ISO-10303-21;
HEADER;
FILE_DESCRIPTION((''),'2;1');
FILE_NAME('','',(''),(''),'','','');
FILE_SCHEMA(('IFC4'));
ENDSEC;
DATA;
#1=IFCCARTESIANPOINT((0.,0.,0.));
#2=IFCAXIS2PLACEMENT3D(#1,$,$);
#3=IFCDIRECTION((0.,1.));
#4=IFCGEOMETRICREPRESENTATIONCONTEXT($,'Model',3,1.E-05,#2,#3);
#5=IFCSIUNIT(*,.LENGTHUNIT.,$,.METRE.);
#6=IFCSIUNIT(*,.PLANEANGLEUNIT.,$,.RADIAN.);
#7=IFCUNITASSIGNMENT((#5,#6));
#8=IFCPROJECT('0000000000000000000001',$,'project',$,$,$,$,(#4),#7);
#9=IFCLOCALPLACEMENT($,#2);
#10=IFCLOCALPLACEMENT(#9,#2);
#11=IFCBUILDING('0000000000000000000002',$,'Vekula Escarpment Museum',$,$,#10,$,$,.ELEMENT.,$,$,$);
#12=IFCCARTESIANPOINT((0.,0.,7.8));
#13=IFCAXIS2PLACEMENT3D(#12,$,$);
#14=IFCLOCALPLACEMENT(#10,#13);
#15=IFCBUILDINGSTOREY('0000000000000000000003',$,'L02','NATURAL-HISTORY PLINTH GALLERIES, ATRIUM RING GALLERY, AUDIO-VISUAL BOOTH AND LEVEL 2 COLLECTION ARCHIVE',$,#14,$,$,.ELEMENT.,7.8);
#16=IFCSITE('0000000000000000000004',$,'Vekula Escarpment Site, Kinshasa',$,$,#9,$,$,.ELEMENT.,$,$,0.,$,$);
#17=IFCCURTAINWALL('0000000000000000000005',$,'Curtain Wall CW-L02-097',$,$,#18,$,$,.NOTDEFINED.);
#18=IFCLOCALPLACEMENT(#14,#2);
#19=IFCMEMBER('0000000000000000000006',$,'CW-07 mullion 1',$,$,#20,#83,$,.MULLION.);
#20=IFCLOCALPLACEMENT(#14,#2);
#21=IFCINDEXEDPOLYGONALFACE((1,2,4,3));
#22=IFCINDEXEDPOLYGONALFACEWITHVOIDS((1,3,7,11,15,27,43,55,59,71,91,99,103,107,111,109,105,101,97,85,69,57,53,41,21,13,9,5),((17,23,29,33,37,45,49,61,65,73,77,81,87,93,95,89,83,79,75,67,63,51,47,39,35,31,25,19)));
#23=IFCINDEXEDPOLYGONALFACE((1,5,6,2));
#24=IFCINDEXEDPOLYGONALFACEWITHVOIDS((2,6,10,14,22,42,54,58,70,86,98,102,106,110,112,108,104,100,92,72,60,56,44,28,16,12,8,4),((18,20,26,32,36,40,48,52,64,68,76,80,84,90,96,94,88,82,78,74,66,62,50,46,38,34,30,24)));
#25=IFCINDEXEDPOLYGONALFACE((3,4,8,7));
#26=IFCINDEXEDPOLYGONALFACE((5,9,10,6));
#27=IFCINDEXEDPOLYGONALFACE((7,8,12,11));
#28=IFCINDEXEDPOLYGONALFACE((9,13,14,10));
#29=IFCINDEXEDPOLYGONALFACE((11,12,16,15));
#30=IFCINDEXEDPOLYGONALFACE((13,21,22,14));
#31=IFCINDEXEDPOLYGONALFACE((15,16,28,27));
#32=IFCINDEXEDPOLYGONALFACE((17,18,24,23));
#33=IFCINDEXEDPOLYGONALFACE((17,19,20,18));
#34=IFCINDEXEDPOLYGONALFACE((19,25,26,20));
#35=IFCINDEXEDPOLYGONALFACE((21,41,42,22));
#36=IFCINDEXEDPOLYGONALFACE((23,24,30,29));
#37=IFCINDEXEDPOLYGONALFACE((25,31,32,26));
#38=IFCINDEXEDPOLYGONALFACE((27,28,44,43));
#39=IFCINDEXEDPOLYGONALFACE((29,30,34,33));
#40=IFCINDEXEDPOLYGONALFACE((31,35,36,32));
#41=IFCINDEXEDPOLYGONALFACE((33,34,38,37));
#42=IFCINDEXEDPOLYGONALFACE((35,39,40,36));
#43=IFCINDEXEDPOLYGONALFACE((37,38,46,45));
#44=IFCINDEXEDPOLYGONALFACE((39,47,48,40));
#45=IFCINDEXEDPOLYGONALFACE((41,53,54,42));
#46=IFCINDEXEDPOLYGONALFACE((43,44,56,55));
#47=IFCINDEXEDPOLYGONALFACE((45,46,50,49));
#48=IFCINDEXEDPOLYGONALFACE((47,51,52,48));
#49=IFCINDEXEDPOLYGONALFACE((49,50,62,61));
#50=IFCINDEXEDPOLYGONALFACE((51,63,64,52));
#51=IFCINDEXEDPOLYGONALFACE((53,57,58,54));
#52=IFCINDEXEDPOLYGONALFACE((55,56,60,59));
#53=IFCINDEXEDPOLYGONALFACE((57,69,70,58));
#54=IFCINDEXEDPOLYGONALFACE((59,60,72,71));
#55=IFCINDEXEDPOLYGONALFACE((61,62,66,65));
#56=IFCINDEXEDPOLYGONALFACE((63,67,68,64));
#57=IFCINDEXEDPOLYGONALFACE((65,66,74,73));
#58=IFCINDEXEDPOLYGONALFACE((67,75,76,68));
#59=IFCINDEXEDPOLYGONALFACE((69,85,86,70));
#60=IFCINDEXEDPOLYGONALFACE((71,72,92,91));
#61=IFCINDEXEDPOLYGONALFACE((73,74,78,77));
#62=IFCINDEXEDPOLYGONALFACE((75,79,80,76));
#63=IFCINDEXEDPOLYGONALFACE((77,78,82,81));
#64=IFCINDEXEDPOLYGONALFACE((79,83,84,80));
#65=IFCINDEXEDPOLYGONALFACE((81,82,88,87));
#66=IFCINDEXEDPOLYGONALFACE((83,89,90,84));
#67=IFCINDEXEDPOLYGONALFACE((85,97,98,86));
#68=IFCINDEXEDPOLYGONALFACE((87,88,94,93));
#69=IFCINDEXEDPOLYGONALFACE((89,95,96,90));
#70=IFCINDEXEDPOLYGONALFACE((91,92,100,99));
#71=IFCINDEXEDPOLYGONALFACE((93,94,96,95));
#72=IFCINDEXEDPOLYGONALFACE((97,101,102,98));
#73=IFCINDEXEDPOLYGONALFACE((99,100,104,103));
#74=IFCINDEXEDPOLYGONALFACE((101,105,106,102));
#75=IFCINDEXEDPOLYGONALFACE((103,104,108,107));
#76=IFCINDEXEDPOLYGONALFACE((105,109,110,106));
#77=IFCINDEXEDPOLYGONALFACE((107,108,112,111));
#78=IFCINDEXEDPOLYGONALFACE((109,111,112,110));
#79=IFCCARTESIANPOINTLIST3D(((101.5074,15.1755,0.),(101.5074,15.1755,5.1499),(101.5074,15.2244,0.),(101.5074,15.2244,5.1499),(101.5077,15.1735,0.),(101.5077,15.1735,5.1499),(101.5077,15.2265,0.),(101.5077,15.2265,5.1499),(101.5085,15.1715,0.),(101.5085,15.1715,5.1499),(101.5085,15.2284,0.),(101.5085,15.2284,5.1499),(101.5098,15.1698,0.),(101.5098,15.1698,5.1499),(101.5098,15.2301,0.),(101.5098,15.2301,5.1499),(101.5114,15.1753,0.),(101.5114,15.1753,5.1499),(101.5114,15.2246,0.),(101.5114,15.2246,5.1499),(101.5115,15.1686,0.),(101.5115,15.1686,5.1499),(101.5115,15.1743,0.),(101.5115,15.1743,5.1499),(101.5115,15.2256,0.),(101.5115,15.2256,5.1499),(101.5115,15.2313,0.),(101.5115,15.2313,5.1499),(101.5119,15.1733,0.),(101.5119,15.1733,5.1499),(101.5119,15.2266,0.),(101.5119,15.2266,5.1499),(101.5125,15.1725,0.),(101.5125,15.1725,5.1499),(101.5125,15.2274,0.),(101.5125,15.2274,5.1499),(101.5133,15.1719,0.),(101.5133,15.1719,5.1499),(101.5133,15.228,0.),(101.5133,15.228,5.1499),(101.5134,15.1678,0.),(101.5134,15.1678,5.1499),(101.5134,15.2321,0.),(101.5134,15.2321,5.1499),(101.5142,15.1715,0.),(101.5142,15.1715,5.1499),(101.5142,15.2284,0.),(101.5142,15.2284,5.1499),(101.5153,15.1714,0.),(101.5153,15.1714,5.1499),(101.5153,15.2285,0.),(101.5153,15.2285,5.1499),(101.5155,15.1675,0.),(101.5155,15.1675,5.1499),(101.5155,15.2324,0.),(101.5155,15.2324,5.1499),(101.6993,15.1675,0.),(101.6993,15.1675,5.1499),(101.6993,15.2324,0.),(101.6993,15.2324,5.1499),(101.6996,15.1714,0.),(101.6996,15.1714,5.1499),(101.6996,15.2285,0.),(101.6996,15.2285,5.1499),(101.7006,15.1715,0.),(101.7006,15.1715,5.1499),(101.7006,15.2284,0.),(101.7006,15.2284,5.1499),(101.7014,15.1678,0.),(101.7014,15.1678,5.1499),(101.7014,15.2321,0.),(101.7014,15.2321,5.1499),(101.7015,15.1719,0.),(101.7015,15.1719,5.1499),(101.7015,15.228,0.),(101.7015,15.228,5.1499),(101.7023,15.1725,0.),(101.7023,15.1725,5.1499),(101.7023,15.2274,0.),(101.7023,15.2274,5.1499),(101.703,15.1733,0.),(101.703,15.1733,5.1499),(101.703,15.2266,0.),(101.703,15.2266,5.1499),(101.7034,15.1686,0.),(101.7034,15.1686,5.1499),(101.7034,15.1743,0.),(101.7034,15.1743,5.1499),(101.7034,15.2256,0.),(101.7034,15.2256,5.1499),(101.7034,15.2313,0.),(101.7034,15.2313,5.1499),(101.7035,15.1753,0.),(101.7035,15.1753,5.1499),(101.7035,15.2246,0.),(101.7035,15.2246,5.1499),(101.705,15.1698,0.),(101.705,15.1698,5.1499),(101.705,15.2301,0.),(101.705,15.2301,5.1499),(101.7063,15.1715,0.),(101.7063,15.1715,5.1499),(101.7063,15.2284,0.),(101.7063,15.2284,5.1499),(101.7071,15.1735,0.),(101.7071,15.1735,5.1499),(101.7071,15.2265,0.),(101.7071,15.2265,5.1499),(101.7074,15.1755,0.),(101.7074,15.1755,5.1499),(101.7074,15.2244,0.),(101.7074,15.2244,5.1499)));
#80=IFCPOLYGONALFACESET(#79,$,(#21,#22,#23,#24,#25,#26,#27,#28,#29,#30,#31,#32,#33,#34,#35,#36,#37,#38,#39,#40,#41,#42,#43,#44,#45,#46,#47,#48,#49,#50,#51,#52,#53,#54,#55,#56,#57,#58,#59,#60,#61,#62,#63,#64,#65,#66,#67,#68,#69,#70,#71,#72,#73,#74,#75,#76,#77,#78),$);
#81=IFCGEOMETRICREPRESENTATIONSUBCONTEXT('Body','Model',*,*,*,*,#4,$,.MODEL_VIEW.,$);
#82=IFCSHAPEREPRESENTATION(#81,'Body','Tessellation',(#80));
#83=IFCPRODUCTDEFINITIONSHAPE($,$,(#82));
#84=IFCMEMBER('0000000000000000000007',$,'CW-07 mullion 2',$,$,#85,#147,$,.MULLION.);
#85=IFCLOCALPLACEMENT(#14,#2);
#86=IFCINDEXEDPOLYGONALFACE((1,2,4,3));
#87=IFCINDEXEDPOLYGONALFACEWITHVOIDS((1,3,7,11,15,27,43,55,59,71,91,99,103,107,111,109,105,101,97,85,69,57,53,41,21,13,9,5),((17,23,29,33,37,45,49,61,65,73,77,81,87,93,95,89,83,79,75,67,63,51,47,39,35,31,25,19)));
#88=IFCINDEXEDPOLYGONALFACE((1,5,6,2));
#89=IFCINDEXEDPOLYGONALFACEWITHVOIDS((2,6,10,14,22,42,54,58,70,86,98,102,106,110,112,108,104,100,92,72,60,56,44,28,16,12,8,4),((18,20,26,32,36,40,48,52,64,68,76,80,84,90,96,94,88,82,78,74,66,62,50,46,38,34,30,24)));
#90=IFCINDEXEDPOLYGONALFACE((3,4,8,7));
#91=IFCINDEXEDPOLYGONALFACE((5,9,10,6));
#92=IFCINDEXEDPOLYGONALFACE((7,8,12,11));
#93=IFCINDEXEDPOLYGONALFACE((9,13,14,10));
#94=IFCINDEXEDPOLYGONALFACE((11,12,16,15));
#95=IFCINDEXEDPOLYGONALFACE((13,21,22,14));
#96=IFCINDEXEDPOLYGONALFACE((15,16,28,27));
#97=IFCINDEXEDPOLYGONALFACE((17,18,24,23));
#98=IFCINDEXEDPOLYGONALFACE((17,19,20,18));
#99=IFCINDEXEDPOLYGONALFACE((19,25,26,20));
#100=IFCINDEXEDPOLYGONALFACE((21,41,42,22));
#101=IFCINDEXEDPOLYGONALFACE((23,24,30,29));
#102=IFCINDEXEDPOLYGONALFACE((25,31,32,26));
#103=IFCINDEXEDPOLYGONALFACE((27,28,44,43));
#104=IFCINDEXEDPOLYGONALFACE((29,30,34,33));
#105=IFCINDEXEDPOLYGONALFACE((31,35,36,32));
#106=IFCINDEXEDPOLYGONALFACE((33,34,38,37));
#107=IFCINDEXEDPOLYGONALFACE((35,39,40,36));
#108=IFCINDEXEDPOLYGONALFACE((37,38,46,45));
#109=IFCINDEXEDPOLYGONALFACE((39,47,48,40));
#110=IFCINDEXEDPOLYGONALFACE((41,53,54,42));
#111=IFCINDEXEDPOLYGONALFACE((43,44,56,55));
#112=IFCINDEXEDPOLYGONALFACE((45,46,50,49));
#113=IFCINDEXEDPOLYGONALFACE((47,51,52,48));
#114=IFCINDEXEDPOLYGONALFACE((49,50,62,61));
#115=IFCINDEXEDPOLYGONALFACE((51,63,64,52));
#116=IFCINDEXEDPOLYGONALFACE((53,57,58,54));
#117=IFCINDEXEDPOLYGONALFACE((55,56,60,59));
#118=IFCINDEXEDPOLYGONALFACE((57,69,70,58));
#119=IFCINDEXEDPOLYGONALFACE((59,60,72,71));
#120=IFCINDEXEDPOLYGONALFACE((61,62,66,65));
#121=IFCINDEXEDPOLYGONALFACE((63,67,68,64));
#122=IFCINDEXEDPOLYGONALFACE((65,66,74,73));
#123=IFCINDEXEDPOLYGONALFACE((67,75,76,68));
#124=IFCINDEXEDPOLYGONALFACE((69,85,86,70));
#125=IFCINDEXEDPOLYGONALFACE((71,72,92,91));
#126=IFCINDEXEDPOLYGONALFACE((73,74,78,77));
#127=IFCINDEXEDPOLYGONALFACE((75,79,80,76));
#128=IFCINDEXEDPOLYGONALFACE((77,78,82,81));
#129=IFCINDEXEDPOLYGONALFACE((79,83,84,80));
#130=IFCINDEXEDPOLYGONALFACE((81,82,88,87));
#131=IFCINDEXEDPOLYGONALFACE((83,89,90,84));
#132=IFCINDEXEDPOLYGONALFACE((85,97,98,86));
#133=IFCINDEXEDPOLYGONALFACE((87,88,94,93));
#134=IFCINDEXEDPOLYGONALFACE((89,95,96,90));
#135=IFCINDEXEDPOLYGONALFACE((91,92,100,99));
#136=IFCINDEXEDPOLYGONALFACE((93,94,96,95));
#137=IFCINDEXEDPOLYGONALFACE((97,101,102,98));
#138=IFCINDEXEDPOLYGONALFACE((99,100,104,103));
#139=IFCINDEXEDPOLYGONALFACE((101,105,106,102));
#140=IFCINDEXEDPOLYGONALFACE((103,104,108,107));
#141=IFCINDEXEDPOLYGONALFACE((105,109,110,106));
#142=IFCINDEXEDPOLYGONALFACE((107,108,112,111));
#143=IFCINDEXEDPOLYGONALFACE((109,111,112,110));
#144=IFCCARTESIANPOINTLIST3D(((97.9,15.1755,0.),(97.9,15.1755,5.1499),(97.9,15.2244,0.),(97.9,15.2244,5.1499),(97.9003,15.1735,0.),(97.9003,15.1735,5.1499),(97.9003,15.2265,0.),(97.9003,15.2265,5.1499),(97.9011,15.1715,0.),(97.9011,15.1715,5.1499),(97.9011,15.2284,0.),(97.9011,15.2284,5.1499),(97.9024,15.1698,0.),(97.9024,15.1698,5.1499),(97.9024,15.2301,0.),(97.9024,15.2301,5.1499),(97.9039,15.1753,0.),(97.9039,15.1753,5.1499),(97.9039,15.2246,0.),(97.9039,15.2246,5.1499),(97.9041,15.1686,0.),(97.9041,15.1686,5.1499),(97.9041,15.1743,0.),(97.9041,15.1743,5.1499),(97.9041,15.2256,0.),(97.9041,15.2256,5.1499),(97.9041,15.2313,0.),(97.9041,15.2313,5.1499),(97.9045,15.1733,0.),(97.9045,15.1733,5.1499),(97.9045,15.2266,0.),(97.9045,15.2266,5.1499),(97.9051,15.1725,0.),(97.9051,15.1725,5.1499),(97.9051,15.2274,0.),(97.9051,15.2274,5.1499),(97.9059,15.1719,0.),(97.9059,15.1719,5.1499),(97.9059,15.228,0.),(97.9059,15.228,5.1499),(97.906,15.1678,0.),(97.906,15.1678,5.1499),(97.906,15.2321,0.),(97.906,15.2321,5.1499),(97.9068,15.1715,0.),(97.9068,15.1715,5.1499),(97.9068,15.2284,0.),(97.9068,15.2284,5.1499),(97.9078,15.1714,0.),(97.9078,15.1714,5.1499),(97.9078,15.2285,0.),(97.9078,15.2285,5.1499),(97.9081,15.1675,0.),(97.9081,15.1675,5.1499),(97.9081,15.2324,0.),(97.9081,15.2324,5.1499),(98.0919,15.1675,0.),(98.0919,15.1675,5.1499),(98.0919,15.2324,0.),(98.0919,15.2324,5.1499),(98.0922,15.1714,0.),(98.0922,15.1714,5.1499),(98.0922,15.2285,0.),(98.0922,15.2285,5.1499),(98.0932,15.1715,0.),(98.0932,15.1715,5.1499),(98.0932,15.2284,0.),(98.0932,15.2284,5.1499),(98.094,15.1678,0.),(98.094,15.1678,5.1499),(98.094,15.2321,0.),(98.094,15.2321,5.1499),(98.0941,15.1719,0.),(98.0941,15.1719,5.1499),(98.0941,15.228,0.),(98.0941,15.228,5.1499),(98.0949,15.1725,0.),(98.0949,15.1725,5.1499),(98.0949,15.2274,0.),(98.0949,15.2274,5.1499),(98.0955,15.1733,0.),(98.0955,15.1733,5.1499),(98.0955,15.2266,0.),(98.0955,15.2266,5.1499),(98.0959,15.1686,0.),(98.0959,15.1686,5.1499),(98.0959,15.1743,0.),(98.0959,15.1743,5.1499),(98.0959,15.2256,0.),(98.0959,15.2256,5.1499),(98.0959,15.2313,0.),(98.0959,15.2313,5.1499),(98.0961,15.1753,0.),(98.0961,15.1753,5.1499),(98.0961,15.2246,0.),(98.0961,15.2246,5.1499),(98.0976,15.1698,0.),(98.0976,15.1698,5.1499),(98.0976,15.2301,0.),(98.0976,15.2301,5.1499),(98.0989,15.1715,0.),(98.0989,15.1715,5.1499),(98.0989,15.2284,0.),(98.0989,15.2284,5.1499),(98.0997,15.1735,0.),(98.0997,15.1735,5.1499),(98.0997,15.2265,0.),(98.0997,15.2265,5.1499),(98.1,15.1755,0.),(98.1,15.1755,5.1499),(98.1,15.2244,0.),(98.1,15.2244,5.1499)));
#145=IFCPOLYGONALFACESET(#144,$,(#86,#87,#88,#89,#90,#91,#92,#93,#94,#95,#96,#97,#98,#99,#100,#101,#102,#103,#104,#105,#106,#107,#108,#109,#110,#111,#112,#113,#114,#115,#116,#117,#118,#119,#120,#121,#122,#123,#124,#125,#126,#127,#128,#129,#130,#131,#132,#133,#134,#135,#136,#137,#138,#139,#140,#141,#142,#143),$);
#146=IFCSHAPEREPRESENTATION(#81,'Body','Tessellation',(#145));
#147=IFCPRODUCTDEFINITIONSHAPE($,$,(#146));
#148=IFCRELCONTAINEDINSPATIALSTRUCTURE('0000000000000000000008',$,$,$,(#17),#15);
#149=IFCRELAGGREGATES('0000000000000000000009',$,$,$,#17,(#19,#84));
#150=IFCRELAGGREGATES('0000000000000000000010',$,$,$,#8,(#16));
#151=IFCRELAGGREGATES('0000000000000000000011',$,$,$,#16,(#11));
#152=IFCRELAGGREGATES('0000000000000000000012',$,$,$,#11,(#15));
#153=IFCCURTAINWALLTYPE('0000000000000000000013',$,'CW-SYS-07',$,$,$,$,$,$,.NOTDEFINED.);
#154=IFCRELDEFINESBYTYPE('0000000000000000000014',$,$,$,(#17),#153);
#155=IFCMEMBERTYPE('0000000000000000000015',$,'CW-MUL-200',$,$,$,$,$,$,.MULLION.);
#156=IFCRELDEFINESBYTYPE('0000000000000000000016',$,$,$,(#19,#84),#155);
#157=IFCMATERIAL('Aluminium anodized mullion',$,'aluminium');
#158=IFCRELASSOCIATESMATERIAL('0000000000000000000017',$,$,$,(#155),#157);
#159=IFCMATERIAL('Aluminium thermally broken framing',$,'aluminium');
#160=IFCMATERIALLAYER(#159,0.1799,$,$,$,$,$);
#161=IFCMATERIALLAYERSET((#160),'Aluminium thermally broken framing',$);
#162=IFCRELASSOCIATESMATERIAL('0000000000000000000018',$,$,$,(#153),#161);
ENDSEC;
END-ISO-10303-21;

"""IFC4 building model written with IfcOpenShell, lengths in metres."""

from ifc_helpers import new_model, si_unit, direction, frame, origin, origin_2d, place, context, subcontext, project, spatial, hollow_rectangle, extrude, material, layer, layer_set, material_profile, profile_set, type_object, element, aggregate, save


model = new_model("IFC4")

# Units and contexts
model_context = context("Model", 3, precision=1e-05, world=origin(), true_north=direction((0.0, 1.0)))
body_context = subcontext(model_context, "Body", "Model", "MODEL_VIEW")
ifc_project = project(units=[si_unit("LENGTHUNIT", "METRE"), si_unit("PLANEANGLEUNIT", "RADIAN")], contexts=[model_context])

# Site, building, storey
site_placement = place(None, origin())
site = spatial("IfcSite", under=ifc_project, at=site_placement, Name="Vekula Escarpment Site, Kinshasa", CompositionType="ELEMENT", RefElevation=0.0)
building_placement = place(site_placement, origin())
building = spatial("IfcBuilding", under=site, at=building_placement, Name="Vekula Escarpment Museum", CompositionType="ELEMENT")
storey_placement = place(building_placement, frame((0.0, 0.0, 7.8)))
storey = spatial("IfcBuildingStorey", under=building, at=storey_placement, Name="L02", Description="NATURAL-HISTORY PLINTH GALLERIES, ATRIUM RING GALLERY, AUDIO-VISUAL BOOTH AND LEVEL 2 COLLECTION ARCHIVE", CompositionType="ELEMENT", Elevation=7.8)

# Curtain wall, members
ifc_material_1 = material(Name="Aluminium anodized mullion", Category="aluminium")
ifc_material_profile_1 = material_profile(ifc_material_1, hollow_rectangle(XDim=0.0649, YDim=0.2, WallThickness=0.0039, InnerFilletRadius=0.0039, OuterFilletRadius=0.0081, at=origin_2d()), Name="ALU 200x65x4")
ifc_profile_set_1 = profile_set([ifc_material_profile_1], Name="Aluminium anodized mullion")
member_type_1 = type_object("IfcMemberType", Name="CW-MUL-200", PredefinedType="MULLION", material=ifc_profile_set_1)
ifc_material_2 = material(Name="Aluminium thermally broken framing", Category="aluminium")
ifc_layer_1 = layer(ifc_material_2, 0.1799)
ifc_layer_set_1 = layer_set([ifc_layer_1], Name="Aluminium thermally broken framing")
curtain_wall_type_1 = type_object("IfcCurtainWallType", Name="CW-SYS-07", PredefinedType="NOTDEFINED", material=ifc_layer_set_1)
curtain_wall_1_placement = place(storey_placement, origin())
curtain_wall_1 = element("IfcCurtainWall", 1, at=curtain_wall_1_placement, inside=storey, type_object=curtain_wall_type_1, Name="Curtain Wall CW-L02-097", PredefinedType="NOTDEFINED")
member_1_placement = place(storey_placement, frame((101.6074, 15.2, 0.0), z_axis=(0.0, 0.0, 1.0), x_axis=(0.0, -1.0, 0.0)))
member_1 = element("IfcMember", 2, at=member_1_placement, type_object=member_type_1, Name="CW-07 mullion 1", PredefinedType="MULLION", context=body_context, shape_type="SweptSolid", body=[
    extrude(hollow_rectangle(XDim=0.0649, YDim=0.2, WallThickness=0.0039, InnerFilletRadius=0.0039, OuterFilletRadius=0.0081, at=origin_2d()), origin(), (0.0, 0.0, 1.0), 5.1499),
])
member_2_placement = place(storey_placement, frame((98.0, 15.2, 0.0), z_axis=(0.0, 0.0, 1.0), x_axis=(0.0, -1.0, 0.0)))
member_2 = element("IfcMember", 3, at=member_2_placement, type_object=member_type_1, Name="CW-07 mullion 2", PredefinedType="MULLION", context=body_context, shape_type="SweptSolid", body=[
    extrude(hollow_rectangle(XDim=0.0649, YDim=0.2, WallThickness=0.0039, InnerFilletRadius=0.0039, OuterFilletRadius=0.0081, at=origin_2d()), origin(), (0.0, 0.0, 1.0), 5.1499),
])

aggregate(curtain_wall_1, [member_1, member_2])

save(model, "model.ifc")
